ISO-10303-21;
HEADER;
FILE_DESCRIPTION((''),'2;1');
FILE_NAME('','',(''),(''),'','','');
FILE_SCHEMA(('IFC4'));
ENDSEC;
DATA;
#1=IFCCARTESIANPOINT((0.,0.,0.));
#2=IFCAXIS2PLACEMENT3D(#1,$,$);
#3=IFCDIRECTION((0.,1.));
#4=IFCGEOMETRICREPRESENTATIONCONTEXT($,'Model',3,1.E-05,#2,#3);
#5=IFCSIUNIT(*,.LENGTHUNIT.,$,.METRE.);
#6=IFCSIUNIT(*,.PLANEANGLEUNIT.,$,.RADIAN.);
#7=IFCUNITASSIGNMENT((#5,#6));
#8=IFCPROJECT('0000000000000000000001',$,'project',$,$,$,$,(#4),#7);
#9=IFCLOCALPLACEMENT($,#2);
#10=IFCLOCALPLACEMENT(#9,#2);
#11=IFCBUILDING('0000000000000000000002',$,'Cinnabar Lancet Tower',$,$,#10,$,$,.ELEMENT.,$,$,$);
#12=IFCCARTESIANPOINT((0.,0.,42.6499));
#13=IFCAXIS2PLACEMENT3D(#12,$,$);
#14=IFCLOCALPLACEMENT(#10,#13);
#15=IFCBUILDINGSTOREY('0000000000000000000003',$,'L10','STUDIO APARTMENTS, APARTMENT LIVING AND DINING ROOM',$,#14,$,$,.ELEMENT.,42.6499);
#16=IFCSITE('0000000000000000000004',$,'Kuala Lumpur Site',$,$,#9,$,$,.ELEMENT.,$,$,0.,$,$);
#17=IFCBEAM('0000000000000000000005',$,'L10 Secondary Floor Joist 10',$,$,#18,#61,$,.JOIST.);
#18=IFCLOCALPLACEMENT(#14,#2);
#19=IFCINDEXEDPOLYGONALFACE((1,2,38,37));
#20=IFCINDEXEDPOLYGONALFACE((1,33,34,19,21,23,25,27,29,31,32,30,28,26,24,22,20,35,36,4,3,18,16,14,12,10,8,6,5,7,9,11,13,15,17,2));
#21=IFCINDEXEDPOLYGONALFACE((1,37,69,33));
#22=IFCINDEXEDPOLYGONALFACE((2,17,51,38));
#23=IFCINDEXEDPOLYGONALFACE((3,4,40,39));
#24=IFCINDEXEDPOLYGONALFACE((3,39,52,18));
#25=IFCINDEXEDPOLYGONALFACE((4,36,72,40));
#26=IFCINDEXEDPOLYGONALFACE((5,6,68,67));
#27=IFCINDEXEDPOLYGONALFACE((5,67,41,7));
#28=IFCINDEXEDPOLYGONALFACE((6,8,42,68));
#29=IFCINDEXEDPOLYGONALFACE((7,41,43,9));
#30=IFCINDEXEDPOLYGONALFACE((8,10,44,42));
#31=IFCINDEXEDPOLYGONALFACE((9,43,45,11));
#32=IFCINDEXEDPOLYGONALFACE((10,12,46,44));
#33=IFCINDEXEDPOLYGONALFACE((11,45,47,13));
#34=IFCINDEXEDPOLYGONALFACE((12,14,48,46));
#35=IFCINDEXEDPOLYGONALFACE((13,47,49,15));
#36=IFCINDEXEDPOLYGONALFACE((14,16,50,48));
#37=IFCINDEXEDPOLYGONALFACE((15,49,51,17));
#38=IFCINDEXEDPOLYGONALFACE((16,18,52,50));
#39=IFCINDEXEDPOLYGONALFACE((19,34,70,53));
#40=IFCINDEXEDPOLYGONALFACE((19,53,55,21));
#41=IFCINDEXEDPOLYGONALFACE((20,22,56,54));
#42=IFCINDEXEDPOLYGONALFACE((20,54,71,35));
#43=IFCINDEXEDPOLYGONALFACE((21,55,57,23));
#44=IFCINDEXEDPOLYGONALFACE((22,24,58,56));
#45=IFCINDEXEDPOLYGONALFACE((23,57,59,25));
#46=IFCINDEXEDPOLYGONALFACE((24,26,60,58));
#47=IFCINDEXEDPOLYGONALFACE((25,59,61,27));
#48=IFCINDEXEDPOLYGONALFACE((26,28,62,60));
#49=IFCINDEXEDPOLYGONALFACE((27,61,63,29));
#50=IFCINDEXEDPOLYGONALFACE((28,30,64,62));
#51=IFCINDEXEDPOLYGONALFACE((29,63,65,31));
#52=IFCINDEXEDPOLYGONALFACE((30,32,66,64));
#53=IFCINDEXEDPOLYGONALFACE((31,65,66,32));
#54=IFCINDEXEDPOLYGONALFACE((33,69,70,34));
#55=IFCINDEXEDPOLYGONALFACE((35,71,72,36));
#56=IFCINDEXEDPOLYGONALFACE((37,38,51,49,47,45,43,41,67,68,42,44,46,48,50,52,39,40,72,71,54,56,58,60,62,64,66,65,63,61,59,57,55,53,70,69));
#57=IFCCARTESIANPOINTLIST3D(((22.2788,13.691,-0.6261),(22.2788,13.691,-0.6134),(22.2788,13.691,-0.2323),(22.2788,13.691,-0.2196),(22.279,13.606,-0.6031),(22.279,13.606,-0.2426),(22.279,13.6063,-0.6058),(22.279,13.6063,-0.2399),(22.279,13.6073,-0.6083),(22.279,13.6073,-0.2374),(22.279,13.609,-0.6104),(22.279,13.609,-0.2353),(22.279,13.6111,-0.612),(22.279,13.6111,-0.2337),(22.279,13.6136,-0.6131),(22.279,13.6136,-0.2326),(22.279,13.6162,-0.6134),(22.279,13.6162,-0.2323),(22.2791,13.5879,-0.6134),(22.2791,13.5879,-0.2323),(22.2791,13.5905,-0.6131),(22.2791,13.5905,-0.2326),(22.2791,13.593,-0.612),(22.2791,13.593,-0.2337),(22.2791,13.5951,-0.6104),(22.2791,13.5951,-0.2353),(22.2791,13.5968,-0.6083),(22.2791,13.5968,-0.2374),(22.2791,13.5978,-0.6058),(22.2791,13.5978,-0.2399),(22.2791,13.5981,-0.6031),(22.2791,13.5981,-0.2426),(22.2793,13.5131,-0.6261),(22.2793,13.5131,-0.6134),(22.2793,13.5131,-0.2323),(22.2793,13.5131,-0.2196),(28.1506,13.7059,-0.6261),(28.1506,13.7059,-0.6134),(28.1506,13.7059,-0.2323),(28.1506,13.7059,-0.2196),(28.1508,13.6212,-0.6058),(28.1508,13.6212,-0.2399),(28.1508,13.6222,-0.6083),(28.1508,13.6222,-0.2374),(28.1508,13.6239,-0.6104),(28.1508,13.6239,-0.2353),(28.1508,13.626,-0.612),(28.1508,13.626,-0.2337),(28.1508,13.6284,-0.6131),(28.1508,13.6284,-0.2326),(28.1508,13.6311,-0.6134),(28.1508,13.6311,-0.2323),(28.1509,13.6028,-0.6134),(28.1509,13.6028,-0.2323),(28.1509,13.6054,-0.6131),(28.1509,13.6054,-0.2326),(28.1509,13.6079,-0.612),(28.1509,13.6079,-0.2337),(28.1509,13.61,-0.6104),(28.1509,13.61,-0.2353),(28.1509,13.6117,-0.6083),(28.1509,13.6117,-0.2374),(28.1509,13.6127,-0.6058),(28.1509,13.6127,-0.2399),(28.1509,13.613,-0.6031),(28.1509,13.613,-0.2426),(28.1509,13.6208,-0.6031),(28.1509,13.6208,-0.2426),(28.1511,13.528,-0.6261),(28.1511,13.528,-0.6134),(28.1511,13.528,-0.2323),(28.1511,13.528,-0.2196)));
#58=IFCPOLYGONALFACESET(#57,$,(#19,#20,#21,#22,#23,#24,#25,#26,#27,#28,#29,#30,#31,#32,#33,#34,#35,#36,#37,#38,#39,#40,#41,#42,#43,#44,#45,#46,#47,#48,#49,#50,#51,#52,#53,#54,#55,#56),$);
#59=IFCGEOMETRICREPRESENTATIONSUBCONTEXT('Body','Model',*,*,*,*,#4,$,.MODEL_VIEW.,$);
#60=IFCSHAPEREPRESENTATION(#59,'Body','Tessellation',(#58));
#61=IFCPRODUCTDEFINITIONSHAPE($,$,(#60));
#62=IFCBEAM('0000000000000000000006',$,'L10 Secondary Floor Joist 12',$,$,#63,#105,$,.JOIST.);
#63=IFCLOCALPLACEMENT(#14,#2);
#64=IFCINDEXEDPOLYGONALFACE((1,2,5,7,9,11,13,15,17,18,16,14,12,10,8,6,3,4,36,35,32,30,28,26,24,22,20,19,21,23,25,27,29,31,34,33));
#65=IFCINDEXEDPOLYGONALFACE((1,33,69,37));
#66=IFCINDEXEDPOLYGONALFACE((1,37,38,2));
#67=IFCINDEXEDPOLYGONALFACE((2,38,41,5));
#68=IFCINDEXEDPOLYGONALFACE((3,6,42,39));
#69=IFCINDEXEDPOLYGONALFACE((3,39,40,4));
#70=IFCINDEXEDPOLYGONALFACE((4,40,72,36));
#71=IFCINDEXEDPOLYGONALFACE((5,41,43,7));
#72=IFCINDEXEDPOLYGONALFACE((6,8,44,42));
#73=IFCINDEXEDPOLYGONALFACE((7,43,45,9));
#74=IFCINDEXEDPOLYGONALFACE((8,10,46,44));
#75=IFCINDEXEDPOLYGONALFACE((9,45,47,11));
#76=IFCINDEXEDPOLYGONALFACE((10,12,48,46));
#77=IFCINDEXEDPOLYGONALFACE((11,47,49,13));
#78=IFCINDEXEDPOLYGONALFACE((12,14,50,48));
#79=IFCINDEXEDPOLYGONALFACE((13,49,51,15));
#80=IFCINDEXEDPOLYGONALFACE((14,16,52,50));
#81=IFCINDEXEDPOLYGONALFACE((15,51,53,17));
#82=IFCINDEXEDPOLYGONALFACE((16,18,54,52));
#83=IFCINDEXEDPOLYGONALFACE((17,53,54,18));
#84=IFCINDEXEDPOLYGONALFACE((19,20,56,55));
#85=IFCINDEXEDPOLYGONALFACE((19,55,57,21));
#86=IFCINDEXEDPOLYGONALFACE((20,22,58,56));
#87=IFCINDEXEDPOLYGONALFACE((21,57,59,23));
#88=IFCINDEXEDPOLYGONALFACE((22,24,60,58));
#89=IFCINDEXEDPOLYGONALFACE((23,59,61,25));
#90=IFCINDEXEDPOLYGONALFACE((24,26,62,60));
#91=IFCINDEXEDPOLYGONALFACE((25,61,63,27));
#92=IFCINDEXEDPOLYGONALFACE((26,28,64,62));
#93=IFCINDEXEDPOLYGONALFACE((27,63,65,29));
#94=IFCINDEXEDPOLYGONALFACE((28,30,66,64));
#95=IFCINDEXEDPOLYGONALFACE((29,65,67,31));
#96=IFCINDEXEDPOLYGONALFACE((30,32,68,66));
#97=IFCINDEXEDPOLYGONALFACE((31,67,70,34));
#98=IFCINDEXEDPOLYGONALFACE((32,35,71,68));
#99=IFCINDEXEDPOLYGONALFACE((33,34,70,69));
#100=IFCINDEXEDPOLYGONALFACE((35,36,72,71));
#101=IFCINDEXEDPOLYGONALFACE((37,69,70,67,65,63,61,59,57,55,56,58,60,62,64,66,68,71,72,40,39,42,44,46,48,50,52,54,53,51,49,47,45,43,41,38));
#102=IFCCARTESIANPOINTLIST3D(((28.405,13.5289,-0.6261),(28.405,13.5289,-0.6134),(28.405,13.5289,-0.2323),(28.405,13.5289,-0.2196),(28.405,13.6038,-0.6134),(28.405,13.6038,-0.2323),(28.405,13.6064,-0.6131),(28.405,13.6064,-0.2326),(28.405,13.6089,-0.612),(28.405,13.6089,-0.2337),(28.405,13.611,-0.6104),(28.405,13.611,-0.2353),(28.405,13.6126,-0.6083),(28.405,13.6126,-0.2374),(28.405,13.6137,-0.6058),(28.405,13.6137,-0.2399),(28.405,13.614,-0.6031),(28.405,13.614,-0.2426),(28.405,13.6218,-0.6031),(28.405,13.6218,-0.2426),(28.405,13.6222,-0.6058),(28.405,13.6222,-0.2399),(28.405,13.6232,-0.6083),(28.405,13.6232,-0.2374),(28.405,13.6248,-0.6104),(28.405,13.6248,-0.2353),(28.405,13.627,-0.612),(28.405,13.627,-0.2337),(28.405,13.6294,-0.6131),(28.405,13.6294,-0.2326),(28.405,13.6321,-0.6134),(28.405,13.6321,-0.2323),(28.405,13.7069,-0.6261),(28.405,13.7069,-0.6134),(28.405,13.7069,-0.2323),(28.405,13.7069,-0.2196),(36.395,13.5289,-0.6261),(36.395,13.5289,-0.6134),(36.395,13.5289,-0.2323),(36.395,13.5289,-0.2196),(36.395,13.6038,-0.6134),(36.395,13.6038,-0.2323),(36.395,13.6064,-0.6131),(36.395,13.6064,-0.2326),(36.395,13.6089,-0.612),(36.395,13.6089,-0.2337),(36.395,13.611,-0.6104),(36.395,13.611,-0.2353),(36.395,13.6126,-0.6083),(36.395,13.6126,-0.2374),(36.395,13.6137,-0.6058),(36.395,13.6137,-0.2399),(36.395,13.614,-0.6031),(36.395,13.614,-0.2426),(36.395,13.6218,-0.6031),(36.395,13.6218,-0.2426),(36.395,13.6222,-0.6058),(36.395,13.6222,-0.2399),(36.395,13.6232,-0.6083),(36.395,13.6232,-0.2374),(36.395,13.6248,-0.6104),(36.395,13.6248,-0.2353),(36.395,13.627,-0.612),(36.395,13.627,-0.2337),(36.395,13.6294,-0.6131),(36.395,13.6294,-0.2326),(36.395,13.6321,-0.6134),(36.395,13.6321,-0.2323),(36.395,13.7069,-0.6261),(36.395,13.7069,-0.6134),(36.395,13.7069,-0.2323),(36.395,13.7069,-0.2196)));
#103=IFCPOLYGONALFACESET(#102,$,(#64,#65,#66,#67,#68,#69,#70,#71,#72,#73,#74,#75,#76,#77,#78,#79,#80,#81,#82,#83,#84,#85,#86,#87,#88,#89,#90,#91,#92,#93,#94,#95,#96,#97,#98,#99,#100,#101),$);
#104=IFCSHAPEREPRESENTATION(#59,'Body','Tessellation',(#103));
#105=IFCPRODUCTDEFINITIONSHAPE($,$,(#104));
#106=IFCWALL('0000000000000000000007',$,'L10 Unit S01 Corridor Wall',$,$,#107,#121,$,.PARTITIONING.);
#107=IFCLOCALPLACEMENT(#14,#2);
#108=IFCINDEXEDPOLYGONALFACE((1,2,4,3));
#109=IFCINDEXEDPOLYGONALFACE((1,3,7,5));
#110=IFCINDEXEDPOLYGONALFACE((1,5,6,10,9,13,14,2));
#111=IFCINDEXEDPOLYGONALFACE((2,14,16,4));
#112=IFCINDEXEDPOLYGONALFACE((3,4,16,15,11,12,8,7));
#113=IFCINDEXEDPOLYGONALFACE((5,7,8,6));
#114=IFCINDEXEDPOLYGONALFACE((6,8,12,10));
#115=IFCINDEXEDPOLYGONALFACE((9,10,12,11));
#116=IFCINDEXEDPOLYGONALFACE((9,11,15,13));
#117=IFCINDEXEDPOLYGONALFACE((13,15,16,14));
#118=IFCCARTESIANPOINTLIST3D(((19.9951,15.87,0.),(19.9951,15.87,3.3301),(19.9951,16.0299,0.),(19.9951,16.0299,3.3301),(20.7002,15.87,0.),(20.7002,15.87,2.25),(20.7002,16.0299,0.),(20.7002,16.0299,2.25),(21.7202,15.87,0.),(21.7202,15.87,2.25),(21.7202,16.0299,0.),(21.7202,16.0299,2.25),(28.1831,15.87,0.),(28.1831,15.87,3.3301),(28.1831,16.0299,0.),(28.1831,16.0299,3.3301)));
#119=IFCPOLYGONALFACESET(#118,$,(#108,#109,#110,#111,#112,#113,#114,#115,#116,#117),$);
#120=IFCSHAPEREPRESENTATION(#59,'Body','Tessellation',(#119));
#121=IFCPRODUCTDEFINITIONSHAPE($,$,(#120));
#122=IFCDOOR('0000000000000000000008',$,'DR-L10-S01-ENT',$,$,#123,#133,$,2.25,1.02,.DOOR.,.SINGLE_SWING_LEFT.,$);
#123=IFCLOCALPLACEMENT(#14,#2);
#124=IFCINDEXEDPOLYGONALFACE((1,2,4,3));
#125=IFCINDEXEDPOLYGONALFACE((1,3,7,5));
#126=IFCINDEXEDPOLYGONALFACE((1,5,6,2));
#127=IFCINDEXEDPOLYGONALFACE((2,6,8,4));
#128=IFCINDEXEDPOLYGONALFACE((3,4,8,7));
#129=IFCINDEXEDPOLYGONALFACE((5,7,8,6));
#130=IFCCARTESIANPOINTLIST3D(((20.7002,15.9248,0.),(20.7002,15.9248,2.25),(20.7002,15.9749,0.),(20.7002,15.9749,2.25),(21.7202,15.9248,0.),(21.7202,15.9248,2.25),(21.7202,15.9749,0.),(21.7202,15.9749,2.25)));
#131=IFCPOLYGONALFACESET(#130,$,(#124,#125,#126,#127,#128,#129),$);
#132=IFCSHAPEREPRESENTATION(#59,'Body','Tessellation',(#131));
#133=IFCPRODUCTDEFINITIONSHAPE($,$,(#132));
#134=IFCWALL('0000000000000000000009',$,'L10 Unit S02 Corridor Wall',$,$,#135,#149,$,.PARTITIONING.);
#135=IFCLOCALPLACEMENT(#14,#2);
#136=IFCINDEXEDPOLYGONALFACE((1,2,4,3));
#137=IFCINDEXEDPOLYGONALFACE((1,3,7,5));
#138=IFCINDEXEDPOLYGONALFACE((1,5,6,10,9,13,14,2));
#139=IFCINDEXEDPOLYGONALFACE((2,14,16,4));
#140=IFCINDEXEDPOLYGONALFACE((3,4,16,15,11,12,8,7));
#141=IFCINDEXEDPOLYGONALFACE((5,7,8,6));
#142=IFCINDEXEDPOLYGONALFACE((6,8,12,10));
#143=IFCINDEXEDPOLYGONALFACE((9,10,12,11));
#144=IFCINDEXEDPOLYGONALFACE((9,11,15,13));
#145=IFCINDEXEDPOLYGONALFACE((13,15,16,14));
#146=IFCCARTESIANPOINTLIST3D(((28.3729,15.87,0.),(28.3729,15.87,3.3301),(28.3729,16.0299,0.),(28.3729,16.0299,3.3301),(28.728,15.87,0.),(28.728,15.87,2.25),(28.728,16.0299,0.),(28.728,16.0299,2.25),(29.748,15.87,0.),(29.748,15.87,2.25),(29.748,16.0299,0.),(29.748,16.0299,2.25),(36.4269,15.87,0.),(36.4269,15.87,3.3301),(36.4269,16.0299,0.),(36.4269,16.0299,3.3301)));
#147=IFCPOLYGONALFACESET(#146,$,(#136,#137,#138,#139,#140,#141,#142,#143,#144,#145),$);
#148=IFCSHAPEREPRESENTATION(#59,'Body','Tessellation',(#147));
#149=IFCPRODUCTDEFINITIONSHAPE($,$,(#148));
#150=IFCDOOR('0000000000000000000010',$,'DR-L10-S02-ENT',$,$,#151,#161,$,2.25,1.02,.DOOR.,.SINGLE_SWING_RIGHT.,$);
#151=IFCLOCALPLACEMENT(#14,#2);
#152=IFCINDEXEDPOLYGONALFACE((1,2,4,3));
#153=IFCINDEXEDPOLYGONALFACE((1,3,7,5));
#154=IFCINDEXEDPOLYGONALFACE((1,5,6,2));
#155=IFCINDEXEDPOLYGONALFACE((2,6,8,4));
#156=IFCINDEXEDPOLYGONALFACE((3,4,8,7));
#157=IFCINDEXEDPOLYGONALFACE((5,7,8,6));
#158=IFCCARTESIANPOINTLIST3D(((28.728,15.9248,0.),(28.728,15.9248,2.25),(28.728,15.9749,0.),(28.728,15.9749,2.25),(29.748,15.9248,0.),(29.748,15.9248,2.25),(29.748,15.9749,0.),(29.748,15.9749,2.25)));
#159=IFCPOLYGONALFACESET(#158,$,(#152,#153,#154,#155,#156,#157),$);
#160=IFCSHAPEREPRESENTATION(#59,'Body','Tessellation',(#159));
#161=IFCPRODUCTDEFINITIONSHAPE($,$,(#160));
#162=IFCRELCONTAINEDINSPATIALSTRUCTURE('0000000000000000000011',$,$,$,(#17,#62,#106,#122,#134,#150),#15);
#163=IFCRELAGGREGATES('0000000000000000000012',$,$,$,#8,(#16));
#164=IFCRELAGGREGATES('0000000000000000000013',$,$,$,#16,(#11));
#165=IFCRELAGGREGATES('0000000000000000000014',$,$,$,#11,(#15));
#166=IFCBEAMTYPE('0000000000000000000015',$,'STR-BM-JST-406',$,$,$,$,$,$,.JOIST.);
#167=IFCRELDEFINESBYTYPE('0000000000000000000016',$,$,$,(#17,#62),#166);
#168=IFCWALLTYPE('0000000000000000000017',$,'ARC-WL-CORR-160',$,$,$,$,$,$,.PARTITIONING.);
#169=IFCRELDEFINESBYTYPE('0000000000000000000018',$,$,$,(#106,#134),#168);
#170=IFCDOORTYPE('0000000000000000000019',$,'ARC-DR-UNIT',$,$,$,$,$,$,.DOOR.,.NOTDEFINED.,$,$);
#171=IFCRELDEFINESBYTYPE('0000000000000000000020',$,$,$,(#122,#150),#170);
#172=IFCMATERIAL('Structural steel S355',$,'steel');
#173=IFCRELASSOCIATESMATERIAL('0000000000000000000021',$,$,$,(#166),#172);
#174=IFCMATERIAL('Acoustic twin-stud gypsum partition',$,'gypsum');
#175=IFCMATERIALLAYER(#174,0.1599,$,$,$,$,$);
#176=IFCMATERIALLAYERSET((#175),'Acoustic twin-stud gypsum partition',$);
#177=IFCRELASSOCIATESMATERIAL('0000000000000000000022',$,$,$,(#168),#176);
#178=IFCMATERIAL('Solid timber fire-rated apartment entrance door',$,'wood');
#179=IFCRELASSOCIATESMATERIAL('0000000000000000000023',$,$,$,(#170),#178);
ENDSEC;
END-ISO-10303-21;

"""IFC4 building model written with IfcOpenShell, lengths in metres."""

from ifc_helpers import new_model, si_unit, direction, frame, frame_2d, origin, origin_2d, place, context, subcontext, project, spatial, rectangle, i_section, extrude, material, layer, layer_set, material_profile, profile_set, type_object, element, fill, save


model = new_model("IFC4")

# Units and contexts
model_context = context("Model", 3, precision=1e-05, world=origin(), true_north=direction((0.0, 1.0)))
body_context = subcontext(model_context, "Body", "Model", "MODEL_VIEW")
ifc_project = project(units=[si_unit("LENGTHUNIT", "METRE"), si_unit("PLANEANGLEUNIT", "RADIAN")], contexts=[model_context])

# Site, building, storey
site_placement = place(None, origin())
site = spatial("IfcSite", under=ifc_project, at=site_placement, Name="Kuala Lumpur Site", CompositionType="ELEMENT", RefElevation=0.0)
building_placement = place(site_placement, origin())
building = spatial("IfcBuilding", under=site, at=building_placement, Name="Cinnabar Lancet Tower", CompositionType="ELEMENT")
storey_placement = place(building_placement, frame((0.0, 0.0, 42.6499)))
storey = spatial("IfcBuildingStorey", under=building, at=storey_placement, Name="L10", Description="STUDIO APARTMENTS, APARTMENT LIVING AND DINING ROOM", CompositionType="ELEMENT", Elevation=42.6499)

# Beams
ifc_material_1 = material(Name="Structural steel S355", Category="steel")
ifc_material_profile_1 = material_profile(ifc_material_1, i_section(OverallWidth=0.178, OverallDepth=0.4065, WebThickness=0.0078, FlangeThickness=0.0127, FilletRadius=0.0103, at=origin_2d()), Name="UKB 406x178x60")
ifc_profile_set_1 = profile_set([ifc_material_profile_1], Name="Structural steel S355")
beam_type = type_object("IfcBeamType", Name="STR-BM-JST-406", PredefinedType="JOIST", material=ifc_profile_set_1)
beam_1_placement = place(storey_placement, frame((22.2791, 13.6021, -0.4229), z_axis=(0.999997, 0.002536, 0.0), x_axis=(-0.002536, 0.999997, 0.0)))
element("IfcBeam", 1, at=beam_1_placement, inside=storey, type_object=beam_type, Name="L10 Secondary Floor Joist 10", PredefinedType="JOIST", context=body_context, shape_type="SweptSolid", body=[
    extrude(i_section(OverallWidth=0.178, OverallDepth=0.4065, WebThickness=0.0078, FlangeThickness=0.0127, FilletRadius=0.0103, at=origin_2d()), origin(), (0.0, 0.0, 1.0), 5.8718),
])
beam_2_placement = place(storey_placement, frame((28.405, 13.6179, -0.4229), z_axis=(1.0, 0.0, 0.0), x_axis=(0.0, 1.0, 0.0)))
element("IfcBeam", 2, at=beam_2_placement, inside=storey, type_object=beam_type, Name="L10 Secondary Floor Joist 12", PredefinedType="JOIST", context=body_context, shape_type="SweptSolid", body=[
    extrude(i_section(OverallWidth=0.178, OverallDepth=0.4065, WebThickness=0.0078, FlangeThickness=0.0127, FilletRadius=0.0103, at=origin_2d()), origin(), (0.0, 0.0, 1.0), 7.99),
])

# Walls, openings, doors
ifc_material_2 = material(Name="Acoustic twin-stud gypsum partition", Category="gypsum")
ifc_layer_1 = layer(ifc_material_2, 0.1599)
ifc_layer_set_1 = layer_set([ifc_layer_1], Name="Acoustic twin-stud gypsum partition")
wall_type_1 = type_object("IfcWallType", Name="ARC-WL-CORR-160", PredefinedType="PARTITIONING", material=ifc_layer_set_1)
wall_1_placement = place(storey_placement, frame((19.9951, 15.95, 0.0), z_axis=(0.0, 0.0, 1.0), x_axis=(1.0, 0.0, 0.0)))
wall_1 = element("IfcWall", 3, at=wall_1_placement, inside=storey, type_object=wall_type_1, Name="L10 Unit S01 Corridor Wall", PredefinedType="PARTITIONING", context=body_context, shape_type="SweptSolid", body=[
    extrude(rectangle(XDim=8.188, YDim=0.1599, at=frame_2d((4.094, 0.0))), origin(), (0.0, 0.0, 1.0), 3.3301),
])
opening_1_placement = place(wall_1_placement, frame((0.7051, 0.0, 0.0)))
opening_1 = element("IfcOpeningElement", 4, at=opening_1_placement, cuts=wall_1, PredefinedType="OPENING", context=body_context, shape_type="SweptSolid", body=[
    extrude(rectangle(XDim=1.02, YDim=2.25, at=frame_2d((0.51, 1.125))), frame((0.0, 0.0898, 0.0), z_axis=(0.0, -1.0, 0.0), x_axis=(1.0, 0.0, 0.0)), (0.0, 0.0, 1.0), 0.1799),
])
ifc_material_3 = material(Name="Solid timber fire-rated apartment entrance door", Category="wood")
door_type = type_object("IfcDoorType", Name="ARC-DR-UNIT", OperationType="NOTDEFINED", PredefinedType="DOOR", material=ifc_material_3)
door_1_placement = place(opening_1_placement, origin())
door_1 = element("IfcDoor", 5, at=door_1_placement, inside=storey, type_object=door_type, Name="DR-L10-S01-ENT", OperationType="SINGLE_SWING_LEFT", OverallHeight=2.25, OverallWidth=1.02, PredefinedType="DOOR", context=body_context, shape_type="SweptSolid", body=[
    extrude(rectangle(XDim=1.02, YDim=2.25, at=frame_2d((0.51, 1.125))), frame((0.0, 0.0249, 0.0), z_axis=(0.0, -1.0, 0.0), x_axis=(1.0, 0.0, 0.0)), (0.0, 0.0, 1.0), 0.05),
])
fill(opening_1, door_1)
wall_2_placement = place(storey_placement, frame((28.373, 15.95, 0.0), z_axis=(0.0, 0.0, 1.0), x_axis=(1.0, 0.0, 0.0)))
wall_2 = element("IfcWall", 6, at=wall_2_placement, inside=storey, type_object=wall_type_1, Name="L10 Unit S02 Corridor Wall", PredefinedType="PARTITIONING", context=body_context, shape_type="SweptSolid", body=[
    extrude(rectangle(XDim=8.054, YDim=0.1599, at=frame_2d((4.0269, 0.0))), origin(), (0.0, 0.0, 1.0), 3.3301),
])
opening_2_placement = place(wall_2_placement, frame((0.355, 0.0, 0.0)))
opening_2 = element("IfcOpeningElement", 7, at=opening_2_placement, cuts=wall_2, PredefinedType="OPENING", context=body_context, shape_type="SweptSolid", body=[
    extrude(rectangle(XDim=1.02, YDim=2.25, at=frame_2d((0.51, 1.125))), frame((0.0, 0.0898, 0.0), z_axis=(0.0, -1.0, 0.0), x_axis=(1.0, 0.0, 0.0)), (0.0, 0.0, 1.0), 0.1799),
])
door_2_placement = place(opening_2_placement, origin())
door_2 = element("IfcDoor", 8, at=door_2_placement, inside=storey, type_object=door_type, Name="DR-L10-S02-ENT", OperationType="SINGLE_SWING_RIGHT", OverallHeight=2.25, OverallWidth=1.02, PredefinedType="DOOR", context=body_context, shape_type="SweptSolid", body=[
    extrude(rectangle(XDim=1.02, YDim=2.25, at=frame_2d((0.51, 1.125))), frame((0.0, 0.0249, 0.0), z_axis=(0.0, -1.0, 0.0), x_axis=(1.0, 0.0, 0.0)), (0.0, 0.0, 1.0), 0.05),
])
fill(opening_2, door_2)

save(model, "model.ifc")
